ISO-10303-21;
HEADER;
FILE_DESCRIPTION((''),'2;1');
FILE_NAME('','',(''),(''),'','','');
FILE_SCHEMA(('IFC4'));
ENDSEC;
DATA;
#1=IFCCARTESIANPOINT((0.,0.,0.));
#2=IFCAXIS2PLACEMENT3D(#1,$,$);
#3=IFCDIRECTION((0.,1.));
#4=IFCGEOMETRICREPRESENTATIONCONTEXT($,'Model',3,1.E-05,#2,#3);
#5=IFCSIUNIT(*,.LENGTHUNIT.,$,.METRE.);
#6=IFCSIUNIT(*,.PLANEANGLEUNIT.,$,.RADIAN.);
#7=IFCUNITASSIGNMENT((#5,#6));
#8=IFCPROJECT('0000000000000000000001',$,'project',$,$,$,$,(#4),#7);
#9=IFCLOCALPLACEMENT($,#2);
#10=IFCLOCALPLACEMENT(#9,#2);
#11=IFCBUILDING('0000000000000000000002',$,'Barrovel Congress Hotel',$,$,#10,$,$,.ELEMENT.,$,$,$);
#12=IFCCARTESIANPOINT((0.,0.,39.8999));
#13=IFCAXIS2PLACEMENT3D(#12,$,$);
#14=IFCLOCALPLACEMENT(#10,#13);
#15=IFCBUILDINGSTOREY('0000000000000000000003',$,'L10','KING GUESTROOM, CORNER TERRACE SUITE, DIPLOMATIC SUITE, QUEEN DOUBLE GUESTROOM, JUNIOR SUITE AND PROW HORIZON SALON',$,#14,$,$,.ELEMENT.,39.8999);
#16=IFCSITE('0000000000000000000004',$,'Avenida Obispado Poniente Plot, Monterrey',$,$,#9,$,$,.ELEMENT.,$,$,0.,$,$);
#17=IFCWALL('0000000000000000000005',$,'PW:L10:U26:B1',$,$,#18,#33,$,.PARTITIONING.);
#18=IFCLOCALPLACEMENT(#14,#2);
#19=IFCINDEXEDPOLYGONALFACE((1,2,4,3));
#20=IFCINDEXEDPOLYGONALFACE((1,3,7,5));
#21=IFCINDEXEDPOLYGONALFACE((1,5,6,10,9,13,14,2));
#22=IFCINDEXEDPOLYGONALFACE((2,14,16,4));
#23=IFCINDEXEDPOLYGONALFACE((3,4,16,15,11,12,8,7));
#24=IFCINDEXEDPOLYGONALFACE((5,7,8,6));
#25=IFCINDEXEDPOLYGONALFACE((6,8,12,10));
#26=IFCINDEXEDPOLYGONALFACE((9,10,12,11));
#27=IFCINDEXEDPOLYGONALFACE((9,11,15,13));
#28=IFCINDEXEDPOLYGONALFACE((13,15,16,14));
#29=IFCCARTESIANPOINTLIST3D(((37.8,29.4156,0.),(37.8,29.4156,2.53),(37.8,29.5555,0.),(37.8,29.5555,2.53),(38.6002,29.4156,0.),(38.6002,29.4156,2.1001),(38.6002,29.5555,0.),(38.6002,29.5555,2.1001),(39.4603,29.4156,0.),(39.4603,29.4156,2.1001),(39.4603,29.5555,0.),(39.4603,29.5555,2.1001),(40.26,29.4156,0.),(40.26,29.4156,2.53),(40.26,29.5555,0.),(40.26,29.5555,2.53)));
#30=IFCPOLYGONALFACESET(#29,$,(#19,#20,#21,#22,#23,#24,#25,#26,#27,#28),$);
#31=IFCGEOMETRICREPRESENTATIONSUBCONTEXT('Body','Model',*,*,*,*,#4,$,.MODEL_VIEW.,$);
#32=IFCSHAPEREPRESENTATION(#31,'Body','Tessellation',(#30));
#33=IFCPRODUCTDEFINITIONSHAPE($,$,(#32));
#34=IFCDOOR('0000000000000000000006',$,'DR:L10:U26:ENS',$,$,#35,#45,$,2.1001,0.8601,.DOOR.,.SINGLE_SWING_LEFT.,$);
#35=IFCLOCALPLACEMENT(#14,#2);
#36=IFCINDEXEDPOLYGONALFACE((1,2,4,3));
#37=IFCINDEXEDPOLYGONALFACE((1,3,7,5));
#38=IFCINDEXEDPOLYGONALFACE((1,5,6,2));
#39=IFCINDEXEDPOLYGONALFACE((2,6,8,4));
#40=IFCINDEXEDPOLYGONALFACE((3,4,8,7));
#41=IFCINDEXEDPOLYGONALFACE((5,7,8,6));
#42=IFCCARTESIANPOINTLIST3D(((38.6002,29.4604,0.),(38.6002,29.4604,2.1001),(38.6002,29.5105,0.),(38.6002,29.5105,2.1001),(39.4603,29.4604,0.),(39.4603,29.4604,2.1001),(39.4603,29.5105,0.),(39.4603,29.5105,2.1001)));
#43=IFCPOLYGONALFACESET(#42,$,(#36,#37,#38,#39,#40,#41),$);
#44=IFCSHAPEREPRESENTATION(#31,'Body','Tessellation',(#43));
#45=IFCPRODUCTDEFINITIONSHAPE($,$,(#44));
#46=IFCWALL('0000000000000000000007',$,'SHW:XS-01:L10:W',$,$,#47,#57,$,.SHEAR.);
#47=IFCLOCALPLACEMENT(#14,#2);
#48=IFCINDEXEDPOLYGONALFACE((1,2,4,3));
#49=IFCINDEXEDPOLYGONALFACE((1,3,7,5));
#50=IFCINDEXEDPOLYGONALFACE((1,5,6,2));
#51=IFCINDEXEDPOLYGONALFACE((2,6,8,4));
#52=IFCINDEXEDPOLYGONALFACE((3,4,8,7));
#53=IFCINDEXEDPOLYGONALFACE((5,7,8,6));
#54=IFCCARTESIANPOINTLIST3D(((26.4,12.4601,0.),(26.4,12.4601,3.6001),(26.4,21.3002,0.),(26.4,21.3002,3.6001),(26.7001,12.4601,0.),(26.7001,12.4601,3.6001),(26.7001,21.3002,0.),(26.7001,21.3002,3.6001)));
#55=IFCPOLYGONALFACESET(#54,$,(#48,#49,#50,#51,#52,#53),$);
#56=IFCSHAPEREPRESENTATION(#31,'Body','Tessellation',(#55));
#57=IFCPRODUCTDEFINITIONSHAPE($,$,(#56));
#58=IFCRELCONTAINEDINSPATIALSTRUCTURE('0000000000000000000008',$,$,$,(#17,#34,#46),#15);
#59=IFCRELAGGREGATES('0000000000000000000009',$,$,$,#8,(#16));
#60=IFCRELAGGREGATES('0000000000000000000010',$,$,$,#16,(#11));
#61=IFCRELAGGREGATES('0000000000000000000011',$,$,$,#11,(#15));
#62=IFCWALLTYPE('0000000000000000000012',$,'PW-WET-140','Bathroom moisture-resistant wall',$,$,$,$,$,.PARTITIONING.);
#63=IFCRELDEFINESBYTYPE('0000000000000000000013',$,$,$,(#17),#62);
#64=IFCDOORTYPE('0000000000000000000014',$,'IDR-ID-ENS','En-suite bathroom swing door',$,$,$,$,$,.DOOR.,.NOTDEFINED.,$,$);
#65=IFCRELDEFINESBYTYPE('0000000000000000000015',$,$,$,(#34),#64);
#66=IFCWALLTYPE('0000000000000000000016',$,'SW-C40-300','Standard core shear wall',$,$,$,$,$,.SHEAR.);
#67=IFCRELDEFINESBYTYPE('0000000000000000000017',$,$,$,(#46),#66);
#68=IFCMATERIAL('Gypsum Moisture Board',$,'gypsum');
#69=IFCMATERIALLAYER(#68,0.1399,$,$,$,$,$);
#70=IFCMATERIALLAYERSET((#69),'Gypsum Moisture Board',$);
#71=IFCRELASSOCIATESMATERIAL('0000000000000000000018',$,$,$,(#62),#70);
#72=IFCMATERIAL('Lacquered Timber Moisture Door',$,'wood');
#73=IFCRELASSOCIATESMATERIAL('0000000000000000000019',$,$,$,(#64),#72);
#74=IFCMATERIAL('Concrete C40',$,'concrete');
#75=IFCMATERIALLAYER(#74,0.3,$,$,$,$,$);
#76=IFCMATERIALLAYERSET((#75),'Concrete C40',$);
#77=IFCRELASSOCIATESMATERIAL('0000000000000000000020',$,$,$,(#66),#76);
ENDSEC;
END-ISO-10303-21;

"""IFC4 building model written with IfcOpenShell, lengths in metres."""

from ifc_helpers import new_model, si_unit, direction, frame, frame_2d, origin, place, context, subcontext, project, spatial, rectangle, extrude, material, layer, layer_set, type_object, element, fill, save


model = new_model("IFC4")

# Units and contexts
model_context = context("Model", 3, precision=1e-05, world=origin(), true_north=direction((0.0, 1.0)))
body_context = subcontext(model_context, "Body", "Model", "MODEL_VIEW")
ifc_project = project(units=[si_unit("LENGTHUNIT", "METRE"), si_unit("PLANEANGLEUNIT", "RADIAN")], contexts=[model_context])

# Site, building, storey
site_placement = place(None, origin())
site = spatial("IfcSite", under=ifc_project, at=site_placement, Name="Avenida Obispado Poniente Plot, Monterrey", CompositionType="ELEMENT", RefElevation=0.0)
building_placement = place(site_placement, origin())
building = spatial("IfcBuilding", under=site, at=building_placement, Name="Barrovel Congress Hotel", CompositionType="ELEMENT")
storey_placement = place(building_placement, frame((0.0, 0.0, 39.8999)))
storey = spatial("IfcBuildingStorey", under=building, at=storey_placement, Name="L10", Description="KING GUESTROOM, CORNER TERRACE SUITE, DIPLOMATIC SUITE, QUEEN DOUBLE GUESTROOM, JUNIOR SUITE AND PROW HORIZON SALON", CompositionType="ELEMENT", Elevation=39.8999)

# Shared definitions
ifc_material_1 = material(Name="Concrete C40", Category="concrete")

# Wall, opening, door
ifc_material_2 = material(Name="Gypsum Moisture Board", Category="gypsum")
ifc_layer_1 = layer(ifc_material_2, 0.1399)
ifc_layer_set_1 = layer_set([ifc_layer_1], Name="Gypsum Moisture Board")
wall_type_1 = type_object("IfcWallType", Name="PW-WET-140", Description="Bathroom moisture-resistant wall", PredefinedType="PARTITIONING", material=ifc_layer_set_1)
ifc_material_3 = material(Name="Lacquered Timber Moisture Door", Category="wood")
door_type_1 = type_object("IfcDoorType", Name="IDR-ID-ENS", Description="En-suite bathroom swing door", OperationType="NOTDEFINED", PredefinedType="DOOR", material=ifc_material_3)
wall_1_placement = place(storey_placement, frame((37.8, 29.4856, 0.0), z_axis=(0.0, 0.0, 1.0), x_axis=(1.0, 0.0, 0.0)))
wall_1 = element("IfcWall", 1, at=wall_1_placement, inside=storey, type_object=wall_type_1, Name="PW:L10:U26:B1", PredefinedType="PARTITIONING", context=body_context, shape_type="SweptSolid", body=[
    extrude(rectangle(XDim=2.46, YDim=0.1399, at=frame_2d((1.23, 0.0))), origin(), (0.0, 0.0, 1.0), 2.53),
])
opening_1_placement = place(wall_1_placement, frame((0.8, 0.0, 0.0)))
opening_1 = element("IfcOpeningElement", 2, at=opening_1_placement, cuts=wall_1, PredefinedType="OPENING", context=body_context, shape_type="SweptSolid", body=[
    extrude(rectangle(XDim=0.8601, YDim=2.1001, at=frame_2d((0.4302, 1.05))), frame((0.0, 0.0801, 0.0), z_axis=(0.0, -1.0, 0.0), x_axis=(1.0, 0.0, 0.0)), (0.0, 0.0, 1.0), 0.1599),
])
door_1_placement = place(opening_1_placement, origin())
door_1 = element("IfcDoor", 3, at=door_1_placement, inside=storey, type_object=door_type_1, Name="DR:L10:U26:ENS", OperationType="SINGLE_SWING_LEFT", OverallHeight=2.1001, OverallWidth=0.8601, PredefinedType="DOOR", context=body_context, shape_type="SweptSolid", body=[
    extrude(rectangle(XDim=0.8601, YDim=2.1001, at=frame_2d((0.4302, 1.05))), frame((0.0, 0.0249, 0.0), z_axis=(0.0, -1.0, 0.0), x_axis=(1.0, 0.0, 0.0)), (0.0, 0.0, 1.0), 0.05),
])
fill(opening_1, door_1)

# Wall
ifc_layer_2 = layer(ifc_material_1, 0.3)
ifc_layer_set_2 = layer_set([ifc_layer_2], Name="Concrete C40")
wall_type_2 = type_object("IfcWallType", Name="SW-C40-300", Description="Standard core shear wall", PredefinedType="SHEAR", material=ifc_layer_set_2)
wall_2_placement = place(storey_placement, frame((26.55, 21.3, 0.0), z_axis=(0.0, 0.0, 1.0), x_axis=(0.0, -1.0, 0.0)))
element("IfcWall", 4, at=wall_2_placement, inside=storey, type_object=wall_type_2, Name="SHW:XS-01:L10:W", PredefinedType="SHEAR", context=body_context, shape_type="SweptSolid", body=[
    extrude(rectangle(XDim=8.8401, YDim=0.3, at=frame_2d((4.4199, 0.0))), origin(), (0.0, 0.0, 1.0), 3.6001),
])

save(model, "model.ifc")
